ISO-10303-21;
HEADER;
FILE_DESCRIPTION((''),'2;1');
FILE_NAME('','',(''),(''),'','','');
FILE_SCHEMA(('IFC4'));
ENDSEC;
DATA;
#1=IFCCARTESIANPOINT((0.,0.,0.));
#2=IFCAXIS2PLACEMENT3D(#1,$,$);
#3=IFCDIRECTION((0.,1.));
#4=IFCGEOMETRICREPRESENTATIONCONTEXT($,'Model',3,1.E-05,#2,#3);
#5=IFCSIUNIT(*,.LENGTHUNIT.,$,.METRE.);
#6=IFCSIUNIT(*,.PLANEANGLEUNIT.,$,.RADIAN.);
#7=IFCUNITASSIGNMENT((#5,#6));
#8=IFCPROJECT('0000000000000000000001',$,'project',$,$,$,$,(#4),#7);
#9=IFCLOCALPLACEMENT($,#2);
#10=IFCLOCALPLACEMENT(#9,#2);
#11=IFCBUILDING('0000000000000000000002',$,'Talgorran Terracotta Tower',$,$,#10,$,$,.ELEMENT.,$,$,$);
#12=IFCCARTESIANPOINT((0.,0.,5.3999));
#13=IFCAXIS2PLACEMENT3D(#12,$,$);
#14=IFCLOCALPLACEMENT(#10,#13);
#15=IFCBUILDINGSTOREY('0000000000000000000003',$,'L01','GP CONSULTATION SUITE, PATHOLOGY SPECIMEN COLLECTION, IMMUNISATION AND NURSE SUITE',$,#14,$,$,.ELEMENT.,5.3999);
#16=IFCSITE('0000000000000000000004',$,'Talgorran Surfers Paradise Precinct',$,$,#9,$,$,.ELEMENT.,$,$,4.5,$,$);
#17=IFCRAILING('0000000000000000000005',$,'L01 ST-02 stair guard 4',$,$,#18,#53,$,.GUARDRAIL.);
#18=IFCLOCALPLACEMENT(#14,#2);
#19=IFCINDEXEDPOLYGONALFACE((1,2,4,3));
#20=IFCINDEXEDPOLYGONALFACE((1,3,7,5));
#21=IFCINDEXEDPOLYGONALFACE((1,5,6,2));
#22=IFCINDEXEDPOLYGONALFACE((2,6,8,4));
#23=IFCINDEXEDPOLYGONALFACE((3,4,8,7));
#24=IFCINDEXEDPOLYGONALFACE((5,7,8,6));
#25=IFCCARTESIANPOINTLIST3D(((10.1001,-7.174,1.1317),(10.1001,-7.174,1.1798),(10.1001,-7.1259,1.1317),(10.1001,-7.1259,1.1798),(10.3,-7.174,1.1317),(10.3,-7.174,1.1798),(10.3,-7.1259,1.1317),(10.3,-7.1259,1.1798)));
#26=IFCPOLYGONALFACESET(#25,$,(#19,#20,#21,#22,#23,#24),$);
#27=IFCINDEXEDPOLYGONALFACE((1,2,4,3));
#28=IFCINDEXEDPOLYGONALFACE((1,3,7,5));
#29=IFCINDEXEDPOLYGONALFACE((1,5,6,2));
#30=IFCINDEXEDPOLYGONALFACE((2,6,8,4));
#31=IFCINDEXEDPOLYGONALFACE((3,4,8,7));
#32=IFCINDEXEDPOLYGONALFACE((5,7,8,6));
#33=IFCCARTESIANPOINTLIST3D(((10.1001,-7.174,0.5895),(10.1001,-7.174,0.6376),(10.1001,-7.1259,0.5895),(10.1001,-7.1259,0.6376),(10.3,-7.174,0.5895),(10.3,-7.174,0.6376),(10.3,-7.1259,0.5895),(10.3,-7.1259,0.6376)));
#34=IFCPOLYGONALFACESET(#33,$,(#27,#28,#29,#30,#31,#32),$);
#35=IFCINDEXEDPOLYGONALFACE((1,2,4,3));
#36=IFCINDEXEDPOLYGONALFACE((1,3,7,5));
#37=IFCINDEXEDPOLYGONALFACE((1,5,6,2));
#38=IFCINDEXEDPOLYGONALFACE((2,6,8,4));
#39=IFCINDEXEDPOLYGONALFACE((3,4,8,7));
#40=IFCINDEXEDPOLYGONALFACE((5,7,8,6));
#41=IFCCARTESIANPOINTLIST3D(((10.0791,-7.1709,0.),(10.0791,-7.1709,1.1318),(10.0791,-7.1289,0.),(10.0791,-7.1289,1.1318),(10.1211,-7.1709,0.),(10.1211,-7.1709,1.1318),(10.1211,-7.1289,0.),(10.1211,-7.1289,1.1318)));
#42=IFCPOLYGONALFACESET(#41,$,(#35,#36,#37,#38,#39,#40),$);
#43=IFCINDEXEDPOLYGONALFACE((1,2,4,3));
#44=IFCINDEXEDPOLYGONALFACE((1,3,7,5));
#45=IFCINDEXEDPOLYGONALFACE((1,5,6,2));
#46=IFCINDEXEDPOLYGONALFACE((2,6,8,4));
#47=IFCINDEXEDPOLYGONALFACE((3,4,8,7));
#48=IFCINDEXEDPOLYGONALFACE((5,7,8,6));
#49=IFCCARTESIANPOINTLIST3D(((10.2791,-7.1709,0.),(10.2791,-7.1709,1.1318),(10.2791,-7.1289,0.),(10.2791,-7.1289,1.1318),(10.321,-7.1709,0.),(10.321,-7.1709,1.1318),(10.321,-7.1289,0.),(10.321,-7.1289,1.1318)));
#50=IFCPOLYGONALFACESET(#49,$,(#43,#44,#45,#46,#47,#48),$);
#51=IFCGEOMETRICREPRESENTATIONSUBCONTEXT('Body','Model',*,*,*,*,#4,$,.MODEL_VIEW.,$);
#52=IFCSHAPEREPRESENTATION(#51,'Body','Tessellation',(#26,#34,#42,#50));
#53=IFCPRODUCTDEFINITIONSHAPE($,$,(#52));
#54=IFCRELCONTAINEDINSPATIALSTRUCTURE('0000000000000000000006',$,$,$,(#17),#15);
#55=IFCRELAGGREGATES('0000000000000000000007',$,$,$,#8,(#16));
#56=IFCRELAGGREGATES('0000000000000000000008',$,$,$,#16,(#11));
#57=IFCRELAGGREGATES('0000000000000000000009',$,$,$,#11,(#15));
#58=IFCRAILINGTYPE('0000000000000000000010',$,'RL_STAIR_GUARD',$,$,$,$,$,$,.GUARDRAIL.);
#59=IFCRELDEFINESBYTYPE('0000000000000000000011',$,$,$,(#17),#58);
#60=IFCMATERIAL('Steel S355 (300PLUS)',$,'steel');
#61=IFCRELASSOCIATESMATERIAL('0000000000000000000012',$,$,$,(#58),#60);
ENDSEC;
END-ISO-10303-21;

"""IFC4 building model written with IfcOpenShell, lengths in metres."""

from ifc_helpers import new_model, si_unit, direction, frame, origin, origin_2d, place, context, subcontext, project, spatial, rectangle, extrude, material, type_object, element, save


model = new_model("IFC4")

# Units and contexts
model_context = context("Model", 3, precision=1e-05, world=origin(), true_north=direction((0.0, 1.0)))
body_context = subcontext(model_context, "Body", "Model", "MODEL_VIEW")
ifc_project = project(units=[si_unit("LENGTHUNIT", "METRE"), si_unit("PLANEANGLEUNIT", "RADIAN")], contexts=[model_context])

# Site, building, storey
site_placement = place(None, origin())
site = spatial("IfcSite", under=ifc_project, at=site_placement, Name="Talgorran Surfers Paradise Precinct", CompositionType="ELEMENT", RefElevation=4.5)
building_placement = place(site_placement, origin())
building = spatial("IfcBuilding", under=site, at=building_placement, Name="Talgorran Terracotta Tower", CompositionType="ELEMENT")
storey_placement = place(building_placement, frame((0.0, 0.0, 5.3999)))
storey = spatial("IfcBuildingStorey", under=building, at=storey_placement, Name="L01", Description="GP CONSULTATION SUITE, PATHOLOGY SPECIMEN COLLECTION, IMMUNISATION AND NURSE SUITE", CompositionType="ELEMENT", Elevation=5.3999)

# Shared definitions
ifc_material_1 = material(Name="Steel S355 (300PLUS)", Category="steel")

# Railing
railing_type_1 = type_object("IfcRailingType", Name="RL_STAIR_GUARD", PredefinedType="GUARDRAIL", material=ifc_material_1)
railing_1_placement = place(storey_placement, frame((10.1001, -7.1499, 0.0)))
element("IfcRailing", 1, at=railing_1_placement, inside=storey, type_object=railing_type_1, Name="L01 ST-02 stair guard 4", PredefinedType="GUARDRAIL", context=body_context, shape_type="SweptSolid", body=[
    extrude(rectangle(XDim=0.0481, YDim=0.0481, at=origin_2d()), frame((0.0, 0.0, 1.1558), z_axis=(1.0, 0.0, 0.0), x_axis=(0.0, 1.0, 0.0)), (0.0, 0.0, 1.0), 0.2),
    extrude(rectangle(XDim=0.0481, YDim=0.0481, at=origin_2d()), frame((0.0, 0.0, 0.6135), z_axis=(1.0, 0.0, 0.0), x_axis=(0.0, 1.0, 0.0)), (0.0, 0.0, 1.0), 0.2),
    extrude(rectangle(XDim=0.042, YDim=0.042, at=origin_2d()), origin(), (0.0, 0.0, 1.0), 1.1318),
    extrude(rectangle(XDim=0.042, YDim=0.042, at=origin_2d()), frame((0.2, 0.0, 0.0)), (0.0, 0.0, 1.0), 1.1318),
])

save(model, "model.ifc")
